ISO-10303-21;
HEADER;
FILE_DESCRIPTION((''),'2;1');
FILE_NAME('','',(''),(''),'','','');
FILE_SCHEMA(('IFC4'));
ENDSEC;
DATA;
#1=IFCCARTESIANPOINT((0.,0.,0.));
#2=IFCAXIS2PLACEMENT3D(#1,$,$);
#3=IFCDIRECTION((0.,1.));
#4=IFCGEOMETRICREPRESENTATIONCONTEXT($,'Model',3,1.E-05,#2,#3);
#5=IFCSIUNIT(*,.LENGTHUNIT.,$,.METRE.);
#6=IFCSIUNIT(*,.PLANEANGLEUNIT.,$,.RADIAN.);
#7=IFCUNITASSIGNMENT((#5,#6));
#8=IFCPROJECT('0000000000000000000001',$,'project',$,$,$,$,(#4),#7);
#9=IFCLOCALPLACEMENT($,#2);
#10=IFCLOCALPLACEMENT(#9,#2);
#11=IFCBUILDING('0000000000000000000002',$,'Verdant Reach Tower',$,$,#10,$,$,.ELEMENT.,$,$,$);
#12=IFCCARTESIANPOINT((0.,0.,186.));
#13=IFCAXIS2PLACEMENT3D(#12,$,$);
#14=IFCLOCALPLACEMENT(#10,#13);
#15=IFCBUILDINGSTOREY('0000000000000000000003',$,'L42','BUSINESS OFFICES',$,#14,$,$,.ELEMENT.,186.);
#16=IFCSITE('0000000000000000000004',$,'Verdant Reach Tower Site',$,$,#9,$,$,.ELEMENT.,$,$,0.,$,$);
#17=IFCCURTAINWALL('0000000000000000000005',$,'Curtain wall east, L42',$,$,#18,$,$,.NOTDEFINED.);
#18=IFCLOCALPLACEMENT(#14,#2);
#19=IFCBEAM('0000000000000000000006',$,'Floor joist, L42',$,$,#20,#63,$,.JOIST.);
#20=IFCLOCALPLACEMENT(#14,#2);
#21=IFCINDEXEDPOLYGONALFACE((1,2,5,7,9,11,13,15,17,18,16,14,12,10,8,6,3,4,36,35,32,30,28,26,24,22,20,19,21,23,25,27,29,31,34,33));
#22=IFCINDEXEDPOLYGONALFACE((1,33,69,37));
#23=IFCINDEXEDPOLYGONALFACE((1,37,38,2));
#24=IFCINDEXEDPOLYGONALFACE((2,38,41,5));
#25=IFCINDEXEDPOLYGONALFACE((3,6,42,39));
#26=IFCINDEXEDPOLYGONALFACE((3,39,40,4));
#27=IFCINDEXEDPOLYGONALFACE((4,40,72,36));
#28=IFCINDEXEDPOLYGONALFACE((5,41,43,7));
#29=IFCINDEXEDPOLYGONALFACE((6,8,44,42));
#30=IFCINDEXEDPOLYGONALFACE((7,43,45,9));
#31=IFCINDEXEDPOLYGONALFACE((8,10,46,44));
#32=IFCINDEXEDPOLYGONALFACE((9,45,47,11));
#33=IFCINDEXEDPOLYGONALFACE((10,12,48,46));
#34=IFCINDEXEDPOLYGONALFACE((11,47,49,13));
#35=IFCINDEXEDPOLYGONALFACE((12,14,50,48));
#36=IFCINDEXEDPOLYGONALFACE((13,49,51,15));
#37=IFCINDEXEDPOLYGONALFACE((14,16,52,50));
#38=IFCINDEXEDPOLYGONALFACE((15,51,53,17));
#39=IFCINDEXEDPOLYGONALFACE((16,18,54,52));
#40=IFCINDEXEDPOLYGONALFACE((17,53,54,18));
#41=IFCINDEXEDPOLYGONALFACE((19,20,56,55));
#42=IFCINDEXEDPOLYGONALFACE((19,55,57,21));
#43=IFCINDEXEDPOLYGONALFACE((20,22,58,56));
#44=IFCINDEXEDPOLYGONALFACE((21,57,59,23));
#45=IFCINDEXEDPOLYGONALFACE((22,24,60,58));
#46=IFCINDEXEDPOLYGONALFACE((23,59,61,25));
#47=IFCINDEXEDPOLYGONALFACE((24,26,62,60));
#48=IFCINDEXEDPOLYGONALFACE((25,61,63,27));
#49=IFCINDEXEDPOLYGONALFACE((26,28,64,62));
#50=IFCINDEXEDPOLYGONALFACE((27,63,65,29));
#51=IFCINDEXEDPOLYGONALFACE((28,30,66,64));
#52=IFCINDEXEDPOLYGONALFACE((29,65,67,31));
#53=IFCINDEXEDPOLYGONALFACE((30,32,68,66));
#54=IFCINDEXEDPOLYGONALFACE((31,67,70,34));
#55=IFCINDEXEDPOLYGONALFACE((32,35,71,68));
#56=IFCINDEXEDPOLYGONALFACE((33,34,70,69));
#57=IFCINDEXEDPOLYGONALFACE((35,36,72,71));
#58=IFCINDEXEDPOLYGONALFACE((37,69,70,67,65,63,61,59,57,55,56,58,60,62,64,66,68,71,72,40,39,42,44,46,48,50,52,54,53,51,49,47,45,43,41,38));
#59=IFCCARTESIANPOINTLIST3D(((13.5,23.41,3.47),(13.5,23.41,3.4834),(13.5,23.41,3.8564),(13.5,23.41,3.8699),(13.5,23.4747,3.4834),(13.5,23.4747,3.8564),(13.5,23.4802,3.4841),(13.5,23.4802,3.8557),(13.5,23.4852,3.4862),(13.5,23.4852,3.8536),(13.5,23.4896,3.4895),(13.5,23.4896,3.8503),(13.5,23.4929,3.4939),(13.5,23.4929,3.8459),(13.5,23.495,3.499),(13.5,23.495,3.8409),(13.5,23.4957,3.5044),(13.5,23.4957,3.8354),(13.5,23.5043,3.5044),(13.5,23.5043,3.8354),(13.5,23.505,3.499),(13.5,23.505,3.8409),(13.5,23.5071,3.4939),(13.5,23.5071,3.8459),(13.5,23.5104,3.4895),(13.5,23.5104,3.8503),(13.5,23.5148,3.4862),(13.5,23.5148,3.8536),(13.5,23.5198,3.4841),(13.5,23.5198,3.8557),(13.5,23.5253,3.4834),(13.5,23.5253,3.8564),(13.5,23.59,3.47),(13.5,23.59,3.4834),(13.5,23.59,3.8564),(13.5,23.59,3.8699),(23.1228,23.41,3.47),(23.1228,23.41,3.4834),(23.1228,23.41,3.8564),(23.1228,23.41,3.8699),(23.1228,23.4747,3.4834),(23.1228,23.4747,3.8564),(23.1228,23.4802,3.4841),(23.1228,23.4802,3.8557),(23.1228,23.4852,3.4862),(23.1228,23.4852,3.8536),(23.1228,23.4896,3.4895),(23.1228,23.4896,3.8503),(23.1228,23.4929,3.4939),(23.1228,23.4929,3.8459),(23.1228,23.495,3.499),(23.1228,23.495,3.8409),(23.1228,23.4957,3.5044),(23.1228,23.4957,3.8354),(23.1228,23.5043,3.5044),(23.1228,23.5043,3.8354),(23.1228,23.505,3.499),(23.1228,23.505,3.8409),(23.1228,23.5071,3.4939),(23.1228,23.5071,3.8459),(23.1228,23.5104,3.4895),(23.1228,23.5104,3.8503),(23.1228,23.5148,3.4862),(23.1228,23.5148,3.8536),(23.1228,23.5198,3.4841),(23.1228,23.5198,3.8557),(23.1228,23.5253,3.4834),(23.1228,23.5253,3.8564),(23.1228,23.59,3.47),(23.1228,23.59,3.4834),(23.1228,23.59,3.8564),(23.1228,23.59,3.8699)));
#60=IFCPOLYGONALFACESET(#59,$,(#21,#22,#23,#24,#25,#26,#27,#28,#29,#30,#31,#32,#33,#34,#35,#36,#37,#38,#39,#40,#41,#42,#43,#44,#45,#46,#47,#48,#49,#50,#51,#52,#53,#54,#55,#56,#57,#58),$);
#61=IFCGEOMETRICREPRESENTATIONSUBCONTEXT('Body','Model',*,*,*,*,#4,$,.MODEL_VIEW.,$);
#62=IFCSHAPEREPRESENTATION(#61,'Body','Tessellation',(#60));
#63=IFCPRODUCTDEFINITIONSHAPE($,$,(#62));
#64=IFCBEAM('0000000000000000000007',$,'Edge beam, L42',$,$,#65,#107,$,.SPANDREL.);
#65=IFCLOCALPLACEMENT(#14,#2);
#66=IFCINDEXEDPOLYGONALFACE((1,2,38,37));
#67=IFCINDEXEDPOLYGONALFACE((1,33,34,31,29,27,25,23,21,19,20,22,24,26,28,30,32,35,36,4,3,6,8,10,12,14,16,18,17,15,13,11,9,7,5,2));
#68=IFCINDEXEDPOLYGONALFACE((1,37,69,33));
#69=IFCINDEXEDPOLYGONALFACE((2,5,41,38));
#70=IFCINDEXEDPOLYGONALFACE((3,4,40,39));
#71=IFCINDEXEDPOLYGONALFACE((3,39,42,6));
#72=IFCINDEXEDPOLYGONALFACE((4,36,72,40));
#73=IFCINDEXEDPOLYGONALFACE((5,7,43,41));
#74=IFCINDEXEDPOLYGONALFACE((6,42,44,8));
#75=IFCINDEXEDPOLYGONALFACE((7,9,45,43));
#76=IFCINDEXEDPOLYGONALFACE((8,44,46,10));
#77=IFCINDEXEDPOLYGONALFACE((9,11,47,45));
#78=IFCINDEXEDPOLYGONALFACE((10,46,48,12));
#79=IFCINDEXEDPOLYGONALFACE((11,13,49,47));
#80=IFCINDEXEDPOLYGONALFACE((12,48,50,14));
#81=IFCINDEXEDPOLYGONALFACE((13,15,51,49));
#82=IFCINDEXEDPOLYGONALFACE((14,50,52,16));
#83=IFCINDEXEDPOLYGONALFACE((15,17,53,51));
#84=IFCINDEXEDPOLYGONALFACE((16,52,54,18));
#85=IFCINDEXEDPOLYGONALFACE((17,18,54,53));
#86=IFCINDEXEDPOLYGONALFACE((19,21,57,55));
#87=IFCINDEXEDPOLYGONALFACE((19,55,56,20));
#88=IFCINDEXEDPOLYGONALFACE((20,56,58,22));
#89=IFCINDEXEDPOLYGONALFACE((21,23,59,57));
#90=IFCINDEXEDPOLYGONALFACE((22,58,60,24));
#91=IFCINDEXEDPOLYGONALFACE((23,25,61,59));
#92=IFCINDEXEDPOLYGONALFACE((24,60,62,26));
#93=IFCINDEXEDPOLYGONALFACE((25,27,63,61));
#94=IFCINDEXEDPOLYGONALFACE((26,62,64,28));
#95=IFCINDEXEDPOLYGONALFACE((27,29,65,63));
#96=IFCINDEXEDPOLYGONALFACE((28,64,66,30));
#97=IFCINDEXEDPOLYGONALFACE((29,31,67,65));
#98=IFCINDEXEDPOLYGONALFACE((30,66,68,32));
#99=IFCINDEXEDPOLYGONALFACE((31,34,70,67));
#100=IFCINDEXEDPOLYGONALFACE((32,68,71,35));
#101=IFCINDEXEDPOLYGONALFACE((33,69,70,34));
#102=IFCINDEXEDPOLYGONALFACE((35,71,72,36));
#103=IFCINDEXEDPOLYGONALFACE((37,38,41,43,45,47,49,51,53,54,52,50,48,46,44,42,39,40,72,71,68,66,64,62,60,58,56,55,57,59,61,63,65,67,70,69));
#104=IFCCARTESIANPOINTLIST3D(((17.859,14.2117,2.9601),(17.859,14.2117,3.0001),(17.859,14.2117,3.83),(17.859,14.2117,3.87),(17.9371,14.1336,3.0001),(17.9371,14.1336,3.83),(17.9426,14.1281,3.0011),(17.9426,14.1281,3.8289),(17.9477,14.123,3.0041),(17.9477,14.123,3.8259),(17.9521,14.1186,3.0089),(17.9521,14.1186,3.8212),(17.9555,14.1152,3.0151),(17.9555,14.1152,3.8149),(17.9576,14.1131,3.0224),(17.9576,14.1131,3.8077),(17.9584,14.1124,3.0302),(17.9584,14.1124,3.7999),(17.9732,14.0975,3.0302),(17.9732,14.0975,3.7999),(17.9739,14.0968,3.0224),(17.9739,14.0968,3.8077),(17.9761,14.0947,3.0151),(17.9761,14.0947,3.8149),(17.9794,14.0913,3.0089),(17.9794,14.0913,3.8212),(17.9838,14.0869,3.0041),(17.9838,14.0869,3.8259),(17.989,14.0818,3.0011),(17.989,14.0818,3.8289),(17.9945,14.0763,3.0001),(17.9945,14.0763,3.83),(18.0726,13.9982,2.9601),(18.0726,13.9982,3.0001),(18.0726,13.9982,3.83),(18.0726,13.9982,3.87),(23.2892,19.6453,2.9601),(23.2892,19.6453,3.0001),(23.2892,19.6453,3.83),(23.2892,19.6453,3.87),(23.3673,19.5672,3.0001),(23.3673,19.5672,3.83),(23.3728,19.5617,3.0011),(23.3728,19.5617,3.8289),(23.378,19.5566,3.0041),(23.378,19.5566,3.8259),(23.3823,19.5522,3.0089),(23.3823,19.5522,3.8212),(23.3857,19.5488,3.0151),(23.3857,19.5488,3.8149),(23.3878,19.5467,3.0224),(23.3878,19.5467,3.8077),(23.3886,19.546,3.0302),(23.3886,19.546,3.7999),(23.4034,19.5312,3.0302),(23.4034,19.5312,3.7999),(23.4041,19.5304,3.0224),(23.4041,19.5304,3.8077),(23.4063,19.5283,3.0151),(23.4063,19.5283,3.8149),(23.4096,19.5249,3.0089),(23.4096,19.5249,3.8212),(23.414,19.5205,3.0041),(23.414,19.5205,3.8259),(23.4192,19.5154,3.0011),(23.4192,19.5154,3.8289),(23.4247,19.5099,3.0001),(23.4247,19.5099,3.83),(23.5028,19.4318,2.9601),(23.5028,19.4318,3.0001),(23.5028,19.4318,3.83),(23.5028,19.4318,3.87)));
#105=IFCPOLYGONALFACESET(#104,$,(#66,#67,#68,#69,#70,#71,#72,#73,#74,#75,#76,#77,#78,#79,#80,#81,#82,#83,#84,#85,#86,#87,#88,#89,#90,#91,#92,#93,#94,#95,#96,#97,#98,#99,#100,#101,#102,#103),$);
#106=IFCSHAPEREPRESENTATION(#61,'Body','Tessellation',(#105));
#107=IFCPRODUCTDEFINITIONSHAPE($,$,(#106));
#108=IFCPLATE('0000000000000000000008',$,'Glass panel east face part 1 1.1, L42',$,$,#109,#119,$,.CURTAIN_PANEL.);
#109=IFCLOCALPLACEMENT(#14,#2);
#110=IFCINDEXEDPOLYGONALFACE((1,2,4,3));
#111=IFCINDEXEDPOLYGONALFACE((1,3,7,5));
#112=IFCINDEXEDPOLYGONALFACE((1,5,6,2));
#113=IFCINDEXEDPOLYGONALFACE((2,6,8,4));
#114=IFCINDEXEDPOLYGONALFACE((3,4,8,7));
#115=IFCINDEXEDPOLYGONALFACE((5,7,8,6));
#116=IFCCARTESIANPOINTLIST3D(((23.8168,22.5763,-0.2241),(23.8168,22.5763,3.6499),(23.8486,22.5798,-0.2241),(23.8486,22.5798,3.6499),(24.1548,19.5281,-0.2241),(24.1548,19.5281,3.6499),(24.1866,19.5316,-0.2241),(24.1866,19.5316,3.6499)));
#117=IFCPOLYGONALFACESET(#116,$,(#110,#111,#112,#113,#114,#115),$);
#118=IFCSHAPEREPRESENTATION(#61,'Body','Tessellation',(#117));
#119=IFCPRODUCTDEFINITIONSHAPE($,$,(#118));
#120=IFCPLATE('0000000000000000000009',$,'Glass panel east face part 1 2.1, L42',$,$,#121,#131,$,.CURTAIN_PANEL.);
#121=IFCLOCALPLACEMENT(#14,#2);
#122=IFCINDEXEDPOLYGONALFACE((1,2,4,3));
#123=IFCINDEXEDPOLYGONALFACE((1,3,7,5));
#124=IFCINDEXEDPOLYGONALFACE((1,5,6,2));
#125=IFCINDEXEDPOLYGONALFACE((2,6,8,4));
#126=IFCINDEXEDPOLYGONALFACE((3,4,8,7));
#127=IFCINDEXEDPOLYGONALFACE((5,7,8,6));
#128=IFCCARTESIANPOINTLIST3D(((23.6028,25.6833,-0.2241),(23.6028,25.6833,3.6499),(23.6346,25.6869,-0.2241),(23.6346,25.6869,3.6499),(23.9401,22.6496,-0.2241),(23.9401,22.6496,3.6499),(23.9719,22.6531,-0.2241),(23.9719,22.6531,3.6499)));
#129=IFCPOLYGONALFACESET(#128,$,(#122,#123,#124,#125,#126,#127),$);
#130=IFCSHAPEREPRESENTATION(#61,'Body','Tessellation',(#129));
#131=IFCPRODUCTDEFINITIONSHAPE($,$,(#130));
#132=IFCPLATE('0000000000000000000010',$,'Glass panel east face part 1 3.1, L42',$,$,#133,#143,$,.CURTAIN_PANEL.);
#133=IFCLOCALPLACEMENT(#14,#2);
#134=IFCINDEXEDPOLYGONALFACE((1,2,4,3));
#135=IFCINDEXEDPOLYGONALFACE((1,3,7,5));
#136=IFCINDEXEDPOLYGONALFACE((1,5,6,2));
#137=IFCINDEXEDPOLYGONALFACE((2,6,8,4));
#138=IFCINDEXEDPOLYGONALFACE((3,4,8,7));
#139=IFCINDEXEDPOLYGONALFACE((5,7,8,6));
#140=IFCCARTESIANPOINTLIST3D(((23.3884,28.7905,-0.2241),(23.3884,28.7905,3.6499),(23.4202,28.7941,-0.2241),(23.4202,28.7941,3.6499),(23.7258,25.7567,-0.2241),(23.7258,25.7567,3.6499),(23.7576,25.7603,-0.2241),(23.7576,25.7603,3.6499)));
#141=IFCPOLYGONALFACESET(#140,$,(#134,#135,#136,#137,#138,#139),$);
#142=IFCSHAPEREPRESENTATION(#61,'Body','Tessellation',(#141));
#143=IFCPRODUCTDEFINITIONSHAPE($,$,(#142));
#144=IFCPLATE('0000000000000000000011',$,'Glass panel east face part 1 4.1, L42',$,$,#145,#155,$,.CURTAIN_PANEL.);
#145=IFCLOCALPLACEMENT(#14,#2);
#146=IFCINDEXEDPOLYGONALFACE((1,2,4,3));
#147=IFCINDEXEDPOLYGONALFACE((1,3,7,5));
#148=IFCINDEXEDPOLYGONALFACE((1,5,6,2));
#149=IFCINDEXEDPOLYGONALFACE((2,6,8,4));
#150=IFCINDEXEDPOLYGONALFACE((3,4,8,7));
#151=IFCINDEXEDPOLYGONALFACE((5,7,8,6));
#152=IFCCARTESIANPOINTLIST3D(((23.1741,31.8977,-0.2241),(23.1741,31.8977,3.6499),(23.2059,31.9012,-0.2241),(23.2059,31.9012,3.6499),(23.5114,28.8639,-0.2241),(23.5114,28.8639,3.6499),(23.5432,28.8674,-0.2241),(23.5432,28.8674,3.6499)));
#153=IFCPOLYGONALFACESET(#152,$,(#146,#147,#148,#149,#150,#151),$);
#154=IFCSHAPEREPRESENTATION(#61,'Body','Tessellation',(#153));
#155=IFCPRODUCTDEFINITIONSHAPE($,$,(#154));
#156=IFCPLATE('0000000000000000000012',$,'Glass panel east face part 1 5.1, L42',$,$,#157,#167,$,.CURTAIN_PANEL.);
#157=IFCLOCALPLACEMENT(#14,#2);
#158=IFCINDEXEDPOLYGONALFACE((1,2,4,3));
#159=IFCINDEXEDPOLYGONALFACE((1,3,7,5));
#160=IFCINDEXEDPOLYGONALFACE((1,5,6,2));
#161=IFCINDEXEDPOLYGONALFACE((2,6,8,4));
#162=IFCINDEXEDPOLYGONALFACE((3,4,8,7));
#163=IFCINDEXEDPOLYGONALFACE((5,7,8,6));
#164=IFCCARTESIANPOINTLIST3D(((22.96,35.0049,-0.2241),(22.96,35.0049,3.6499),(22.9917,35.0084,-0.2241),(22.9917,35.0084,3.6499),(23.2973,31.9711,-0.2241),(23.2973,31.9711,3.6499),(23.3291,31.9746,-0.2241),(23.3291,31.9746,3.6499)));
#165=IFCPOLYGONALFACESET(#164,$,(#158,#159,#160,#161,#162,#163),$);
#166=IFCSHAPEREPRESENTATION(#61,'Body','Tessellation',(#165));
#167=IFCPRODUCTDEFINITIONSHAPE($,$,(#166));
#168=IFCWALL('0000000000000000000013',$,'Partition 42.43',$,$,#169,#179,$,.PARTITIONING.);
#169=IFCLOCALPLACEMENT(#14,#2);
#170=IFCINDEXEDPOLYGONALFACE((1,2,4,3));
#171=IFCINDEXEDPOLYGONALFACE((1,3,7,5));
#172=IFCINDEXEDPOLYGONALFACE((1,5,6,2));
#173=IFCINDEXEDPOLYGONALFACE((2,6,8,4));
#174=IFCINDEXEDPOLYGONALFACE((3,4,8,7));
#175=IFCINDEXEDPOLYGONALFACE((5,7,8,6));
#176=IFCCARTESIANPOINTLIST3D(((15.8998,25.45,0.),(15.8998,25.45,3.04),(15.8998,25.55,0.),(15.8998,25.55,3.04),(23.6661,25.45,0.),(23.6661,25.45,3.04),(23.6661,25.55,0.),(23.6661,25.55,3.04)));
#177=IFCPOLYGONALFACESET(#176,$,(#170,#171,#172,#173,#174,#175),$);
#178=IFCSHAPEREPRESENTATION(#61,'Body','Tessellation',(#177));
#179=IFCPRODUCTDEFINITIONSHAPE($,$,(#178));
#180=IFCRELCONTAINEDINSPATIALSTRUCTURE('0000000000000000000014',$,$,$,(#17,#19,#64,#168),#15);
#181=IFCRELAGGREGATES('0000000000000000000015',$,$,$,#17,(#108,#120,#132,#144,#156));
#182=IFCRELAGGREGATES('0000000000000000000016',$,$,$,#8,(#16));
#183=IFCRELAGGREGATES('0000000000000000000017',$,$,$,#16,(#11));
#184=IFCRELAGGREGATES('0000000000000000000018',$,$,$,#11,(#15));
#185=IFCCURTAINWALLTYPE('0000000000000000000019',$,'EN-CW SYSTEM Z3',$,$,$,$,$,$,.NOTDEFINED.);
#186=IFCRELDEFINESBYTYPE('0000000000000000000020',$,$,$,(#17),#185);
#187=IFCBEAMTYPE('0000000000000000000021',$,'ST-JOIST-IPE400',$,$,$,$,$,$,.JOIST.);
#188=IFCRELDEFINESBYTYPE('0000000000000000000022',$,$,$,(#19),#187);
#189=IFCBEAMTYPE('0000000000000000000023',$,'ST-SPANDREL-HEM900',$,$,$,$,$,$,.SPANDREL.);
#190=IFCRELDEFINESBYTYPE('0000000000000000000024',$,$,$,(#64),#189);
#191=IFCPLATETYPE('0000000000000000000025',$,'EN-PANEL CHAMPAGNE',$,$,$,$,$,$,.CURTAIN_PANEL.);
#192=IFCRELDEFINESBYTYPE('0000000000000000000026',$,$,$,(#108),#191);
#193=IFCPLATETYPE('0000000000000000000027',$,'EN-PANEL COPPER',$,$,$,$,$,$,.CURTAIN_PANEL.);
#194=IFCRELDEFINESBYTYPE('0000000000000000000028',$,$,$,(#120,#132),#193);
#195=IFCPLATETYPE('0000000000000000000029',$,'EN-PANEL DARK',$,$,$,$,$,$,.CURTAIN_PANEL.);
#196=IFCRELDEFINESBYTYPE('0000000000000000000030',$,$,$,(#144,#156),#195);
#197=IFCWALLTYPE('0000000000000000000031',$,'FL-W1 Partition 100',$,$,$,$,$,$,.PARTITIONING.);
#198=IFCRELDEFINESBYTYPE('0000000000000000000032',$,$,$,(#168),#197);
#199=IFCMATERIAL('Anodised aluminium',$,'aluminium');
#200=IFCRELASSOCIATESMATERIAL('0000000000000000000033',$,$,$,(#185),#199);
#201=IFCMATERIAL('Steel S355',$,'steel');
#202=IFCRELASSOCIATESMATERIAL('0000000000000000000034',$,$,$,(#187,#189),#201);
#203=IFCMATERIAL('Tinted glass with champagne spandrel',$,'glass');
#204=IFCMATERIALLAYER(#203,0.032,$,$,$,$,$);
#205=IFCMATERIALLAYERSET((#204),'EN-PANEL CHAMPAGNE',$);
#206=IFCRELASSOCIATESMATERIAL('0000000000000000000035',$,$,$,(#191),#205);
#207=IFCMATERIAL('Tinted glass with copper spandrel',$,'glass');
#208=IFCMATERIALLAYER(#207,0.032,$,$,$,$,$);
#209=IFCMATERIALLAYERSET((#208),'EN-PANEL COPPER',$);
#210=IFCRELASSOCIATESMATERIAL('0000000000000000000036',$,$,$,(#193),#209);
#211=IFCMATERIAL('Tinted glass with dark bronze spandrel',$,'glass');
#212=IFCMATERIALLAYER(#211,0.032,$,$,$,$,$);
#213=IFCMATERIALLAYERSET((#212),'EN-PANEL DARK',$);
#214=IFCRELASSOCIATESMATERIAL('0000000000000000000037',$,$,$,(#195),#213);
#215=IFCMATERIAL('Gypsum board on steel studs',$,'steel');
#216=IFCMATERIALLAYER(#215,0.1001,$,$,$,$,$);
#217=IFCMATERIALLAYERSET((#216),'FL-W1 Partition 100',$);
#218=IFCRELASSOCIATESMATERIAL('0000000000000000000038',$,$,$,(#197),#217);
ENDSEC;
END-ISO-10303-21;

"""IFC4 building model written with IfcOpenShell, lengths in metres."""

from ifc_helpers import new_model, si_unit, direction, frame, frame_2d, origin, origin_2d, place, context, subcontext, project, spatial, rectangle, i_section, extrude, material, layer, layer_set, material_profile, profile_set, type_object, element, aggregate, save


model = new_model("IFC4")

# Units and contexts
model_context = context("Model", 3, precision=1e-05, world=origin(), true_north=direction((0.0, 1.0)))
body_context = subcontext(model_context, "Body", "Model", "MODEL_VIEW")
ifc_project = project(units=[si_unit("LENGTHUNIT", "METRE"), si_unit("PLANEANGLEUNIT", "RADIAN")], contexts=[model_context])

# Site, building, storey
site_placement = place(None, origin())
site = spatial("IfcSite", under=ifc_project, at=site_placement, Name="Verdant Reach Tower Site", CompositionType="ELEMENT", RefElevation=0.0)
building_placement = place(site_placement, origin())
building = spatial("IfcBuilding", under=site, at=building_placement, Name="Verdant Reach Tower", CompositionType="ELEMENT")
storey_placement = place(building_placement, frame((0.0, 0.0, 186.0)))
storey = spatial("IfcBuildingStorey", under=building, at=storey_placement, Name="L42", Description="BUSINESS OFFICES", CompositionType="ELEMENT", Elevation=186.0)

# Curtain wall
ifc_material_1 = material(Name="Anodised aluminium", Category="aluminium")
curtain_wall_type = type_object("IfcCurtainWallType", Name="EN-CW SYSTEM Z3", PredefinedType="NOTDEFINED", material=ifc_material_1)
curtain_wall_placement = place(storey_placement, origin())
curtain_wall = element("IfcCurtainWall", 1, at=curtain_wall_placement, inside=storey, type_object=curtain_wall_type, Name="Curtain wall east, L42", PredefinedType="NOTDEFINED")

# Beams
ifc_material_2 = material(Name="Steel S355", Category="steel")
ifc_material_profile_1 = material_profile(ifc_material_2, i_section(OverallWidth=0.1799, OverallDepth=0.3999, WebThickness=0.0085, FlangeThickness=0.0134, FilletRadius=0.021, at=origin_2d()), Name="IPE 400")
ifc_profile_set_1 = profile_set([ifc_material_profile_1], Name="Steel S355")
beam_type_1 = type_object("IfcBeamType", Name="ST-JOIST-IPE400", PredefinedType="JOIST", material=ifc_profile_set_1)
beam_1_placement = place(storey_placement, frame((13.5, 23.5, 3.6699), z_axis=(1.0, 0.0, 0.0), x_axis=(0.0, 1.0, 0.0)))
element("IfcBeam", 2, at=beam_1_placement, inside=storey, type_object=beam_type_1, Name="Floor joist, L42", PredefinedType="JOIST", context=body_context, shape_type="SweptSolid", body=[
    extrude(i_section(OverallWidth=0.1799, OverallDepth=0.3999, WebThickness=0.0085, FlangeThickness=0.0134, FilletRadius=0.021, at=origin_2d()), origin(), (0.0, 0.0, 1.0), 9.6228),
])
ifc_material_profile_2 = material_profile(ifc_material_2, i_section(OverallWidth=0.302, OverallDepth=0.9099, WebThickness=0.021, FlangeThickness=0.04, FilletRadius=0.03, at=origin_2d()), Name="HEM 900")
ifc_profile_set_2 = profile_set([ifc_material_profile_2], Name="Steel S355")
beam_type_2 = type_object("IfcBeamType", Name="ST-SPANDREL-HEM900", PredefinedType="SPANDREL", material=ifc_profile_set_2)
beam_2_placement = place(storey_placement, frame((23.396, 19.5386, 3.415), z_axis=(-0.706884, -0.707329, 0.0), x_axis=(0.707329, -0.706884, 0.0)))
element("IfcBeam", 3, at=beam_2_placement, inside=storey, type_object=beam_type_2, Name="Edge beam, L42", PredefinedType="SPANDREL", context=body_context, shape_type="SweptSolid", body=[
    extrude(i_section(OverallWidth=0.302, OverallDepth=0.9099, WebThickness=0.021, FlangeThickness=0.04, FilletRadius=0.03, at=origin_2d()), origin(), (0.0, 0.0, 1.0), 7.6819),
])

# Plates
ifc_material_3 = material(Name="Tinted glass with champagne spandrel", Category="glass")
ifc_layer_1 = layer(ifc_material_3, 0.032)
ifc_layer_set_1 = layer_set([ifc_layer_1], Name="EN-PANEL CHAMPAGNE")
plate_type_1 = type_object("IfcPlateType", Name="EN-PANEL CHAMPAGNE", PredefinedType="CURTAIN_PANEL", material=ifc_layer_set_1)
plate_1_placement = place(storey_placement, frame((24.0017, 21.054, -0.2241), z_axis=(0.0, 0.0, 1.0), x_axis=(-0.110214, 0.993908, 0.0)))
plate_1 = element("IfcPlate", 4, at=plate_1_placement, type_object=plate_type_1, Name="Glass panel east face part 1 1.1, L42", PredefinedType="CURTAIN_PANEL", context=body_context, shape_type="SweptSolid", body=[
    extrude(rectangle(XDim=3.0669, YDim=0.032, at=origin_2d()), origin(), (0.0, 0.0, 1.0), 3.874),
])
ifc_material_4 = material(Name="Tinted glass with copper spandrel", Category="glass")
ifc_layer_2 = layer(ifc_material_4, 0.032)
ifc_layer_set_2 = layer_set([ifc_layer_2], Name="EN-PANEL COPPER")
plate_type_2 = type_object("IfcPlateType", Name="EN-PANEL COPPER", PredefinedType="CURTAIN_PANEL", material=ifc_layer_set_2)
plate_2_placement = place(storey_placement, frame((23.7874, 24.1682, -0.2241), z_axis=(0.0, 0.0, 1.0), x_axis=(-0.110518, 0.993874, 0.0)))
plate_2 = element("IfcPlate", 5, at=plate_2_placement, type_object=plate_type_2, Name="Glass panel east face part 1 2.1, L42", PredefinedType="CURTAIN_PANEL", context=body_context, shape_type="SweptSolid", body=[
    extrude(rectangle(XDim=3.0525, YDim=0.032, at=origin_2d()), origin(), (0.0, 0.0, 1.0), 3.874),
])
plate_3_placement = place(storey_placement, frame((23.573, 27.2754, -0.2241), z_axis=(0.0, 0.0, 1.0), x_axis=(-0.110518, 0.993874, 0.0)))
plate_3 = element("IfcPlate", 6, at=plate_3_placement, type_object=plate_type_2, Name="Glass panel east face part 1 3.1, L42", PredefinedType="CURTAIN_PANEL", context=body_context, shape_type="SweptSolid", body=[
    extrude(rectangle(XDim=3.0525, YDim=0.032, at=origin_2d()), origin(), (0.0, 0.0, 1.0), 3.874),
])
ifc_material_5 = material(Name="Tinted glass with dark bronze spandrel", Category="glass")
ifc_layer_3 = layer(ifc_material_5, 0.032)
ifc_layer_set_3 = layer_set([ifc_layer_3], Name="EN-PANEL DARK")
plate_type_3 = type_object("IfcPlateType", Name="EN-PANEL DARK", PredefinedType="CURTAIN_PANEL", material=ifc_layer_set_3)
plate_4_placement = place(storey_placement, frame((23.3586, 30.3826, -0.2241), z_axis=(0.0, 0.0, 1.0), x_axis=(-0.110518, 0.993874, 0.0)))
plate_4 = element("IfcPlate", 7, at=plate_4_placement, type_object=plate_type_3, Name="Glass panel east face part 1 4.1, L42", PredefinedType="CURTAIN_PANEL", context=body_context, shape_type="SweptSolid", body=[
    extrude(rectangle(XDim=3.0525, YDim=0.032, at=origin_2d()), origin(), (0.0, 0.0, 1.0), 3.874),
])
plate_5_placement = place(storey_placement, frame((23.1445, 33.4897, -0.2241), z_axis=(0.0, 0.0, 1.0), x_axis=(-0.110518, 0.993874, 0.0)))
plate_5 = element("IfcPlate", 8, at=plate_5_placement, type_object=plate_type_3, Name="Glass panel east face part 1 5.1, L42", PredefinedType="CURTAIN_PANEL", context=body_context, shape_type="SweptSolid", body=[
    extrude(rectangle(XDim=3.0525, YDim=0.032, at=origin_2d()), origin(), (0.0, 0.0, 1.0), 3.874),
])
aggregate(curtain_wall, [plate_1, plate_2, plate_3, plate_4, plate_5])

# Wall
ifc_material_6 = material(Name="Gypsum board on steel studs", Category="steel")
ifc_layer_4 = layer(ifc_material_6, 0.1001)
ifc_layer_set_4 = layer_set([ifc_layer_4], Name="FL-W1 Partition 100")
wall_type_1 = type_object("IfcWallType", Name="FL-W1 Partition 100", PredefinedType="PARTITIONING", material=ifc_layer_set_4)
wall_1_placement = place(storey_placement, frame((23.6663, 25.5, 0.0), z_axis=(0.0, 0.0, 1.0), x_axis=(-1.0, 0.0, 0.0)))
element("IfcWall", 9, at=wall_1_placement, inside=storey, type_object=wall_type_1, Name="Partition 42.43", PredefinedType="PARTITIONING", context=body_context, shape_type="SweptSolid", body=[
    extrude(rectangle(XDim=7.7664, YDim=0.1001, at=frame_2d((3.8833, 0.0))), origin(), (0.0, 0.0, 1.0), 3.04),
])

save(model, "model.ifc")
